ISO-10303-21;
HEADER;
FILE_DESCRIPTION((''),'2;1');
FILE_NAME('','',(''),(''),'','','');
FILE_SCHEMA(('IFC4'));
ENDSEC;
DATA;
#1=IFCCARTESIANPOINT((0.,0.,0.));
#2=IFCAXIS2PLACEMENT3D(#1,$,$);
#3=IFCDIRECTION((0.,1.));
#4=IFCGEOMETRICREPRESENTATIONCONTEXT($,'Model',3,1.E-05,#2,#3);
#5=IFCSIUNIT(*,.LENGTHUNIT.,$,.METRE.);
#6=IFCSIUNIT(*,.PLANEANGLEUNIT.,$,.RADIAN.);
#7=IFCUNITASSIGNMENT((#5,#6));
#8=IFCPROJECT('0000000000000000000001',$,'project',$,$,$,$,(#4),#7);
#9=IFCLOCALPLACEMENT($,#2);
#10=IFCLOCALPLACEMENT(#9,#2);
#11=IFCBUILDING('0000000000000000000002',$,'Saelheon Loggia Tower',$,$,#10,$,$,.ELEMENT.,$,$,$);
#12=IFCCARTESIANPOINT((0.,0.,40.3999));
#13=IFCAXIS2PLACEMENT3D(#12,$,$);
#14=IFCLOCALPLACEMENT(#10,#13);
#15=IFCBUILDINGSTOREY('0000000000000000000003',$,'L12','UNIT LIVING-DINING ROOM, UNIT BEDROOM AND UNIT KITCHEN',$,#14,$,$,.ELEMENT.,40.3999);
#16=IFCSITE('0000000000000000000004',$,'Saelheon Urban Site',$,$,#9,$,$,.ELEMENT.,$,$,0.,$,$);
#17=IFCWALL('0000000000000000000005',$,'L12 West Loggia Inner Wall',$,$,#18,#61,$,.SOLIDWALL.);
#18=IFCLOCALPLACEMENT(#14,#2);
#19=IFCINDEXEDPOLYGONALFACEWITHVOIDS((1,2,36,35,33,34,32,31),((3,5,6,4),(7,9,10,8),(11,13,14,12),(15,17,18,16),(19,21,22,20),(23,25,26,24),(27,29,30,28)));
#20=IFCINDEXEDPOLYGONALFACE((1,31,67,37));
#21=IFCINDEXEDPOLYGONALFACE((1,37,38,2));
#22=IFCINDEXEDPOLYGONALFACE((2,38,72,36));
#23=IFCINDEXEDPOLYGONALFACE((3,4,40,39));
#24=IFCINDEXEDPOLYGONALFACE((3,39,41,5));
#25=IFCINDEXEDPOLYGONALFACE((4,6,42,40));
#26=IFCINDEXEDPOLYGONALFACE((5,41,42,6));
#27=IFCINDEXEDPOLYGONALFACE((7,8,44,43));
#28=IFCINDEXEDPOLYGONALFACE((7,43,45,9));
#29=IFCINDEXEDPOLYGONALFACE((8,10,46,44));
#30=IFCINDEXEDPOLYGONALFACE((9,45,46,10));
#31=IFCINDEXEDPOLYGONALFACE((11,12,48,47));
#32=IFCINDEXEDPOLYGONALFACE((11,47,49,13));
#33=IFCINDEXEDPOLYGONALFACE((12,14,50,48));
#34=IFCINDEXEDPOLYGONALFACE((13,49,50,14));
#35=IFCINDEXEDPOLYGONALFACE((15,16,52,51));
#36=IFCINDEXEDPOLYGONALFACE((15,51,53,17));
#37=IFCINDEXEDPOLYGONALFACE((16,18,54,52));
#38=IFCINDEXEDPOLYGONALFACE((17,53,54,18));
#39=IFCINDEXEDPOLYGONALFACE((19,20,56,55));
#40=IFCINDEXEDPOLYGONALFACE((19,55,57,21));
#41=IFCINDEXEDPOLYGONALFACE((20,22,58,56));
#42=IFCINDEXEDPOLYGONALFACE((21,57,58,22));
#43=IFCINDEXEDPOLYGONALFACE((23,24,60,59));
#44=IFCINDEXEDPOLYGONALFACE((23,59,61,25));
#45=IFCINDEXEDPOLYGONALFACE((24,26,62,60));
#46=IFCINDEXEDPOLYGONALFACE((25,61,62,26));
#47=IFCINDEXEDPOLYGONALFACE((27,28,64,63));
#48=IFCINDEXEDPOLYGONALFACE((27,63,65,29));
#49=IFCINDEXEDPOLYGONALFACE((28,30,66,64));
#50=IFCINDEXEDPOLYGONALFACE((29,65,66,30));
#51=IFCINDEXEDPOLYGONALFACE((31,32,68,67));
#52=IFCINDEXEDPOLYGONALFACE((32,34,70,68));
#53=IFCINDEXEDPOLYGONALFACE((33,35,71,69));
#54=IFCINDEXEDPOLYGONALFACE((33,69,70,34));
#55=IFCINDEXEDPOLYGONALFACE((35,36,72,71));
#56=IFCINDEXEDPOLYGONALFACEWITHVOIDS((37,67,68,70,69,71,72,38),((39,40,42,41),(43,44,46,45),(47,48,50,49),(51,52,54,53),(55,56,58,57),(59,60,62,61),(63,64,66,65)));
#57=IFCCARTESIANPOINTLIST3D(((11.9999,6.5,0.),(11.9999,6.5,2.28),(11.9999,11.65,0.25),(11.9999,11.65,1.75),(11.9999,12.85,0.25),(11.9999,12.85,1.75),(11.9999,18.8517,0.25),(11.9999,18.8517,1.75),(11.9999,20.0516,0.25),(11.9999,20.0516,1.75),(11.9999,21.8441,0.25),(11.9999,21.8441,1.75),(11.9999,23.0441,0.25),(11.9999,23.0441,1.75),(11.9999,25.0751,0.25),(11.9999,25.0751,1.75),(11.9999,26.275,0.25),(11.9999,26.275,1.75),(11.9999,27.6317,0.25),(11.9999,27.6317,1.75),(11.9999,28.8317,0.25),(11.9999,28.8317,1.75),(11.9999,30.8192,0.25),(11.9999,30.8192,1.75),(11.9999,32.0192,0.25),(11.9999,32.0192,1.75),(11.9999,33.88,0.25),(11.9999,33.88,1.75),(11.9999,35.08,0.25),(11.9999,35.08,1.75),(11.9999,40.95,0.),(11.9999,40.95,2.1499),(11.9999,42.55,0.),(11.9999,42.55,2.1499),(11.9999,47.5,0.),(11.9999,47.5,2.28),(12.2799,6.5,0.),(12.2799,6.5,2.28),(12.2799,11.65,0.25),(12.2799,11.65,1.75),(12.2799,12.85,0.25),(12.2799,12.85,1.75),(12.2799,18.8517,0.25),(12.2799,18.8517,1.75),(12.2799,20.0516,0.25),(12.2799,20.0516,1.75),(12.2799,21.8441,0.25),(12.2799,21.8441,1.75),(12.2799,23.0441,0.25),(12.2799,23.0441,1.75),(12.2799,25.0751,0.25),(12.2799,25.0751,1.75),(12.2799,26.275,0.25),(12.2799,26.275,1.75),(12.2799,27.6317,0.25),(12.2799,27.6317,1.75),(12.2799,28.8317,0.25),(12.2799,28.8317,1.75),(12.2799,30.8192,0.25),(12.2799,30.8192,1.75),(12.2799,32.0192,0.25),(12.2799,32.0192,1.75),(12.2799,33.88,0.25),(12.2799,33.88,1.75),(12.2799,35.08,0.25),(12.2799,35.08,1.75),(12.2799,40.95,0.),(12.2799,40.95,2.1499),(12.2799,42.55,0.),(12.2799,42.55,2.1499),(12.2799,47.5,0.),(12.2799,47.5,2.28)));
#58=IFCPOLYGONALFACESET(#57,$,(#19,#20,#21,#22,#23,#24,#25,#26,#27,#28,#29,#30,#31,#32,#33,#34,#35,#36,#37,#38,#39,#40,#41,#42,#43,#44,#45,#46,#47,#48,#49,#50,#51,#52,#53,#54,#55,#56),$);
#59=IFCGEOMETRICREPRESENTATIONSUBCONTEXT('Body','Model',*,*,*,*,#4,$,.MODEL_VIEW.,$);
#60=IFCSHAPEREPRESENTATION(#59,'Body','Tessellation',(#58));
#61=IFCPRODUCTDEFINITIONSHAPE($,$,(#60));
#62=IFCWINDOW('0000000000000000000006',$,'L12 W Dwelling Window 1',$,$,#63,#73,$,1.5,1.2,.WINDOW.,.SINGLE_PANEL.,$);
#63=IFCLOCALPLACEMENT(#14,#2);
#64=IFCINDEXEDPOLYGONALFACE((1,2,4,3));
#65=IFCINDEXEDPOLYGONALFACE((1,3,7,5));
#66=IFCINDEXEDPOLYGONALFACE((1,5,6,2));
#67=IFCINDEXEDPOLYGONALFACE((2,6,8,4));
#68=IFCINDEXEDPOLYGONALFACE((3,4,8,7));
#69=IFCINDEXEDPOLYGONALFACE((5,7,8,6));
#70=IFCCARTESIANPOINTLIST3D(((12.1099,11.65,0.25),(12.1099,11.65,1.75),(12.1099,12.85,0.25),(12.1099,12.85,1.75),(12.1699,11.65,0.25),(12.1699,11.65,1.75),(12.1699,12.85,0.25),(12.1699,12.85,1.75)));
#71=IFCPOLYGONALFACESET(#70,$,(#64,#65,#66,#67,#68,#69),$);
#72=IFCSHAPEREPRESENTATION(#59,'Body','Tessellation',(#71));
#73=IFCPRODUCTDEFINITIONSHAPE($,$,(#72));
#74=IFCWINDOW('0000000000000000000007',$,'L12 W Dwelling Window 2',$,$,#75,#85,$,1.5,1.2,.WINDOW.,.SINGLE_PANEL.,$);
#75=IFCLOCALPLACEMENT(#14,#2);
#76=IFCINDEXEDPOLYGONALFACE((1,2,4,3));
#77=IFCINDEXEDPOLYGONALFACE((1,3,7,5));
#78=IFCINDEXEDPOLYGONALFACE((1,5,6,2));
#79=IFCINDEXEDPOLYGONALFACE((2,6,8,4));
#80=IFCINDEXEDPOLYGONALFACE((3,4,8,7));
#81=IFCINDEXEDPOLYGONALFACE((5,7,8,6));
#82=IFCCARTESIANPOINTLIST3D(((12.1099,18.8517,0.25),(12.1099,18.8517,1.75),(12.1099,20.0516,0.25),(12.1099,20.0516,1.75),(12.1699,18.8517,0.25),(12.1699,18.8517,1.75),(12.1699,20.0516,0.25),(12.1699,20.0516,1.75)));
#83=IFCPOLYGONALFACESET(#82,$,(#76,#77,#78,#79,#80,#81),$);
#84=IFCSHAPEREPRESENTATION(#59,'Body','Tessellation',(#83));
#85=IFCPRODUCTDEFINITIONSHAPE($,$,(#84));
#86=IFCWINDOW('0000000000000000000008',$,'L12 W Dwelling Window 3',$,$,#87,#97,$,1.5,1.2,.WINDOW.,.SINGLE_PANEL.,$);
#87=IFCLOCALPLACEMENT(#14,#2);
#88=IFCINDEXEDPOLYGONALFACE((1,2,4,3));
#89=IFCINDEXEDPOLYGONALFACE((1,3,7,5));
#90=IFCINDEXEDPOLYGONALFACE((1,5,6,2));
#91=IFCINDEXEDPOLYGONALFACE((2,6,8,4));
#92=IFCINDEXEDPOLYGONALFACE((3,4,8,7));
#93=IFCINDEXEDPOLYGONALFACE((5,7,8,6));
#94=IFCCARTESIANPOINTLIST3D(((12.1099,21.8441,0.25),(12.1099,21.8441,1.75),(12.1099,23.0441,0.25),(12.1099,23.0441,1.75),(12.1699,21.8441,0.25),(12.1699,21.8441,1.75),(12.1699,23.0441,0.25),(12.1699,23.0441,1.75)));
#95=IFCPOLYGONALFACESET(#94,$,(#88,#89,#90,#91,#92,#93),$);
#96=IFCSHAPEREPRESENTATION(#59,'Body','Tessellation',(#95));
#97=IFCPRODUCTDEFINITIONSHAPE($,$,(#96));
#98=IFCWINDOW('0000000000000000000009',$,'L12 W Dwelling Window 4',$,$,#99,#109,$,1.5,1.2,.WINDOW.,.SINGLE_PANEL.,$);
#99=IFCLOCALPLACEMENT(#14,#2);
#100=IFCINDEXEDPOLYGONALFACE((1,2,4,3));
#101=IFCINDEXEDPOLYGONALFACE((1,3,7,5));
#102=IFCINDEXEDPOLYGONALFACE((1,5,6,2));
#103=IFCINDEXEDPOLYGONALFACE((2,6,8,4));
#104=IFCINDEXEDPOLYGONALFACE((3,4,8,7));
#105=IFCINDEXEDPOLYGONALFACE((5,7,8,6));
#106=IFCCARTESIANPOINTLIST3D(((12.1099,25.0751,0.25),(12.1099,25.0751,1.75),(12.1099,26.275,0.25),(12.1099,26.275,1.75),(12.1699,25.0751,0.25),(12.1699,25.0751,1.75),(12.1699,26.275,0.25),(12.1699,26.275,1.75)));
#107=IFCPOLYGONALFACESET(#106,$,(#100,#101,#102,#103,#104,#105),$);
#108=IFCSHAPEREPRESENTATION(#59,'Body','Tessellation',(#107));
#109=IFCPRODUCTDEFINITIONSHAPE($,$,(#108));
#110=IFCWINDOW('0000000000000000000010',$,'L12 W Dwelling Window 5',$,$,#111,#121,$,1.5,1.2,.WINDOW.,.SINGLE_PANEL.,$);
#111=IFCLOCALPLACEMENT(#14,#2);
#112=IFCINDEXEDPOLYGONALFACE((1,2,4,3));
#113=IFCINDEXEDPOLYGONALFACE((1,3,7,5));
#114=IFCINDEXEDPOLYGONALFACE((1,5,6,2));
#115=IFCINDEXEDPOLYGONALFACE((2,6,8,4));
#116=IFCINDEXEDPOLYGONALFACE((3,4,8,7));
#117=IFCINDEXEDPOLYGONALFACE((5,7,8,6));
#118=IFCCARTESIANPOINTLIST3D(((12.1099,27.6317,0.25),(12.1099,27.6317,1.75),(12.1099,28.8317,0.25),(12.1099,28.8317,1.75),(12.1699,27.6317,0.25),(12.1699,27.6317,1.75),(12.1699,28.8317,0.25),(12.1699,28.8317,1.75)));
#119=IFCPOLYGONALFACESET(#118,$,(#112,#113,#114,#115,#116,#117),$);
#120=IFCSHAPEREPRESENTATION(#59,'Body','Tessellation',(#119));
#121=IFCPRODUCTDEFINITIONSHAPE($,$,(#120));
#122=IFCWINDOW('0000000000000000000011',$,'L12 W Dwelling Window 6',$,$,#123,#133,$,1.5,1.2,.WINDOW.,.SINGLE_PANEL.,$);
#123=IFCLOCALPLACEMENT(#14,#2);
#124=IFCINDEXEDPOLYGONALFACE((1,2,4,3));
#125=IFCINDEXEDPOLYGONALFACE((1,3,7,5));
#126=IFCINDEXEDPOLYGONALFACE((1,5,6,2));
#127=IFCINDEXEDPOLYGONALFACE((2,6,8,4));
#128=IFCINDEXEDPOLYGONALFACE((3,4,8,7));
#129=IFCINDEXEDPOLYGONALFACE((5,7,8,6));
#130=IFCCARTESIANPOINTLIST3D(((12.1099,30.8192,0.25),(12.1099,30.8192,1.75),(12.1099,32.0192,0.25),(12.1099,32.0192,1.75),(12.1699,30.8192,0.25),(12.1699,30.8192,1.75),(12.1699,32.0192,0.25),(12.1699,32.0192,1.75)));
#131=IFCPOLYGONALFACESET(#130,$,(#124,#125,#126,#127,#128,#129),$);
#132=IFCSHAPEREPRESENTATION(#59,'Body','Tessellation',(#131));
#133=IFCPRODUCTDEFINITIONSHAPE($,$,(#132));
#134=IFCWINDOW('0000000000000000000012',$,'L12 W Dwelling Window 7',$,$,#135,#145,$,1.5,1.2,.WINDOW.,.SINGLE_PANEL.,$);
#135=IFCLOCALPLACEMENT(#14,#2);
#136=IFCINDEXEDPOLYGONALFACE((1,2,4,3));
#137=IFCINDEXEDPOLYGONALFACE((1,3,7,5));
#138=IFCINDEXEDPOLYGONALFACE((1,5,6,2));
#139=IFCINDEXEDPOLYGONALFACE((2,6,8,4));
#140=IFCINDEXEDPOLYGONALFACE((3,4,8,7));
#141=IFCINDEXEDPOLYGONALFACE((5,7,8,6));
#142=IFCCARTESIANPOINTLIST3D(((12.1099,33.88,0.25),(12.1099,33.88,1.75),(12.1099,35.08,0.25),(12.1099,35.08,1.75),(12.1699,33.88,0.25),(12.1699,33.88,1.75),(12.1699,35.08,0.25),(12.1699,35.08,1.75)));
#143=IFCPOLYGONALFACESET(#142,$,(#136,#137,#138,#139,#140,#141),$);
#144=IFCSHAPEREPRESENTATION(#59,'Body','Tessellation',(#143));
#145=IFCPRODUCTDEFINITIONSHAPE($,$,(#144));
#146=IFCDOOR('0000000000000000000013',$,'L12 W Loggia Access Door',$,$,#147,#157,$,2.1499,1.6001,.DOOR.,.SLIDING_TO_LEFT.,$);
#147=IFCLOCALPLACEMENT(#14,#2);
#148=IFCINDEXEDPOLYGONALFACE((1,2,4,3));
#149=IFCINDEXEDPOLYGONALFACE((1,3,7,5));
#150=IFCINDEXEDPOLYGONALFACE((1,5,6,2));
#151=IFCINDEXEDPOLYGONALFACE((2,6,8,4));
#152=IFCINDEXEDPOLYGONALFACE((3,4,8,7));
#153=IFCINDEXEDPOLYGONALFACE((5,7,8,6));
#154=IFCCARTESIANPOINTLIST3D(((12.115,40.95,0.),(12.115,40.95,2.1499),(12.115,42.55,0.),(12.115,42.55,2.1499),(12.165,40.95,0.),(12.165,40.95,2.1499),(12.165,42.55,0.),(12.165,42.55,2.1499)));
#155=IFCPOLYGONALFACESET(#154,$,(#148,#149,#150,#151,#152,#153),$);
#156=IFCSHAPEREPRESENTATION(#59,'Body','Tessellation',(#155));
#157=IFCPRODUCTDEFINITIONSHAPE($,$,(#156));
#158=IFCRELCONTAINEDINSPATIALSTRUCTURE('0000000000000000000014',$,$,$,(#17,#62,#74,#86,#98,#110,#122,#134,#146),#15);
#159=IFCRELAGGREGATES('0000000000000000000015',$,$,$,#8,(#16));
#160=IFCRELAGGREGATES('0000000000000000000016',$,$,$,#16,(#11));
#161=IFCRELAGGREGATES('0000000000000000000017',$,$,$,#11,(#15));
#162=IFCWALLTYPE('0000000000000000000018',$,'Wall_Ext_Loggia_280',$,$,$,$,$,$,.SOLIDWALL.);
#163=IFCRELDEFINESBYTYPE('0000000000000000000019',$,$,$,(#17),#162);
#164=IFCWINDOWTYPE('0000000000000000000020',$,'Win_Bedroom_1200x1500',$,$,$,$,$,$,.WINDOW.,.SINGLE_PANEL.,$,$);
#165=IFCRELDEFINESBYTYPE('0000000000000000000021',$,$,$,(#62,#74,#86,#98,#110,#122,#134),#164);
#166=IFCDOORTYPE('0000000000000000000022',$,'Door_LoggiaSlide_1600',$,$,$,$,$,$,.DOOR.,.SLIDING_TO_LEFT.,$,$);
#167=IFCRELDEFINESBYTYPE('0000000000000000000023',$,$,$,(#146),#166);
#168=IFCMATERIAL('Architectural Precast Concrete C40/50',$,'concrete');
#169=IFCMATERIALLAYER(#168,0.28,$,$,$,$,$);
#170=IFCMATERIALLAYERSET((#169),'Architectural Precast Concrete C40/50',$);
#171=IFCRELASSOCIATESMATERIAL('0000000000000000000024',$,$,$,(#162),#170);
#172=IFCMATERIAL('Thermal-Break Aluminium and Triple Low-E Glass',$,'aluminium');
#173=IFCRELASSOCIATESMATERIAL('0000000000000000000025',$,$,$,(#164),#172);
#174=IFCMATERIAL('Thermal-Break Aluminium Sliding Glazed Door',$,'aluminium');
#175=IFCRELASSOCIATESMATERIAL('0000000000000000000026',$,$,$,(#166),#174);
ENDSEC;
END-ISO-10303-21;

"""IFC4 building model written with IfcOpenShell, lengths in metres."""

from ifc_helpers import new_model, si_unit, direction, frame, frame_2d, origin, place, context, subcontext, project, spatial, rectangle, extrude, source, transform, mapped, material, layer, layer_set, type_object, element, fill, save


model = new_model("IFC4")

# Units and contexts
model_context = context("Model", 3, precision=1e-05, world=origin(), true_north=direction((0.0, 1.0)))
body_context = subcontext(model_context, "Body", "Model", "MODEL_VIEW")
ifc_project = project(units=[si_unit("LENGTHUNIT", "METRE"), si_unit("PLANEANGLEUNIT", "RADIAN")], contexts=[model_context])

# Site, building, storey
site_placement = place(None, origin())
site = spatial("IfcSite", under=ifc_project, at=site_placement, Name="Saelheon Urban Site", CompositionType="ELEMENT", RefElevation=0.0)
building_placement = place(site_placement, origin())
building = spatial("IfcBuilding", under=site, at=building_placement, Name="Saelheon Loggia Tower", CompositionType="ELEMENT")
storey_placement = place(building_placement, frame((0.0, 0.0, 40.3999)))
storey = spatial("IfcBuildingStorey", under=building, at=storey_placement, Name="L12", Description="UNIT LIVING-DINING ROOM, UNIT BEDROOM AND UNIT KITCHEN", CompositionType="ELEMENT", Elevation=40.3999)

# Wall, openings, windows, door
ifc_material_1 = material(Name="Architectural Precast Concrete C40/50", Category="concrete")
ifc_layer_1 = layer(ifc_material_1, 0.28)
ifc_layer_set_1 = layer_set([ifc_layer_1], Name="Architectural Precast Concrete C40/50")
wall_type_1 = type_object("IfcWallType", Name="Wall_Ext_Loggia_280", PredefinedType="SOLIDWALL", material=ifc_layer_set_1)
wall_1_placement = place(storey_placement, frame((12.1399, 6.5, 0.0), z_axis=(0.0, 0.0, 1.0), x_axis=(0.0, 1.0, 0.0)))
wall_1 = element("IfcWall", 1, at=wall_1_placement, inside=storey, type_object=wall_type_1, Name="L12 West Loggia Inner Wall", PredefinedType="SOLIDWALL", context=body_context, shape_type="SweptSolid", body=[
    extrude(rectangle(XDim=41.0, YDim=0.28, at=frame_2d((20.5, 0.0))), origin(), (0.0, 0.0, 1.0), 2.28),
])
opening_1_placement = place(wall_1_placement, frame((5.1499, 0.0, 0.25)))
opening_1 = element("IfcOpeningElement", 2, at=opening_1_placement, cuts=wall_1, PredefinedType="OPENING", context=body_context, shape_type="SweptSolid", body=[
    extrude(rectangle(XDim=1.2, YDim=1.5, at=frame_2d((0.6001, 0.75))), frame((0.0, 0.1521, 0.0), z_axis=(0.0, -1.0, 0.0), x_axis=(1.0, 0.0, 0.0)), (0.0, 0.0, 1.0), 0.304),
])
opening_2_placement = place(wall_1_placement, frame((12.3516, 0.0, 0.25)))
opening_2 = element("IfcOpeningElement", 3, at=opening_2_placement, cuts=wall_1, PredefinedType="OPENING", context=body_context, shape_type="SweptSolid", body=[
    extrude(rectangle(XDim=1.2, YDim=1.5, at=frame_2d((0.6001, 0.75))), frame((0.0, 0.1521, 0.0), z_axis=(0.0, -1.0, 0.0), x_axis=(1.0, 0.0, 0.0)), (0.0, 0.0, 1.0), 0.304),
])
opening_3_placement = place(wall_1_placement, frame((15.344, 0.0, 0.25)))
opening_3 = element("IfcOpeningElement", 4, at=opening_3_placement, cuts=wall_1, PredefinedType="OPENING", context=body_context, shape_type="SweptSolid", body=[
    extrude(rectangle(XDim=1.2, YDim=1.5, at=frame_2d((0.6001, 0.75))), frame((0.0, 0.1521, 0.0), z_axis=(0.0, -1.0, 0.0), x_axis=(1.0, 0.0, 0.0)), (0.0, 0.0, 1.0), 0.304),
])
opening_4_placement = place(wall_1_placement, frame((18.575, 0.0, 0.25)))
opening_4 = element("IfcOpeningElement", 5, at=opening_4_placement, cuts=wall_1, PredefinedType="OPENING", context=body_context, shape_type="SweptSolid", body=[
    extrude(rectangle(XDim=1.2, YDim=1.5, at=frame_2d((0.6001, 0.75))), frame((0.0, 0.1521, 0.0), z_axis=(0.0, -1.0, 0.0), x_axis=(1.0, 0.0, 0.0)), (0.0, 0.0, 1.0), 0.304),
])
opening_5_placement = place(wall_1_placement, frame((21.1316, 0.0, 0.25)))
opening_5 = element("IfcOpeningElement", 6, at=opening_5_placement, cuts=wall_1, PredefinedType="OPENING", context=body_context, shape_type="SweptSolid", body=[
    extrude(rectangle(XDim=1.2, YDim=1.5, at=frame_2d((0.6001, 0.75))), frame((0.0, 0.1521, 0.0), z_axis=(0.0, -1.0, 0.0), x_axis=(1.0, 0.0, 0.0)), (0.0, 0.0, 1.0), 0.304),
])
opening_6_placement = place(wall_1_placement, frame((24.3191, 0.0, 0.25)))
opening_6 = element("IfcOpeningElement", 7, at=opening_6_placement, cuts=wall_1, PredefinedType="OPENING", context=body_context, shape_type="SweptSolid", body=[
    extrude(rectangle(XDim=1.2, YDim=1.5, at=frame_2d((0.6001, 0.75))), frame((0.0, 0.1521, 0.0), z_axis=(0.0, -1.0, 0.0), x_axis=(1.0, 0.0, 0.0)), (0.0, 0.0, 1.0), 0.304),
])
opening_7_placement = place(wall_1_placement, frame((27.3799, 0.0, 0.25)))
opening_7 = element("IfcOpeningElement", 8, at=opening_7_placement, cuts=wall_1, PredefinedType="OPENING", context=body_context, shape_type="SweptSolid", body=[
    extrude(rectangle(XDim=1.2, YDim=1.5, at=frame_2d((0.6001, 0.75))), frame((0.0, 0.1521, 0.0), z_axis=(0.0, -1.0, 0.0), x_axis=(1.0, 0.0, 0.0)), (0.0, 0.0, 1.0), 0.304),
])
opening_8_placement = place(wall_1_placement, frame((34.45, 0.0, 0.0)))
opening_8 = element("IfcOpeningElement", 9, at=opening_8_placement, cuts=wall_1, PredefinedType="OPENING", context=body_context, shape_type="SweptSolid", body=[
    extrude(rectangle(XDim=1.6001, YDim=2.1499, at=frame_2d((0.8, 1.075))), frame((0.0, 0.1521, 0.0), z_axis=(0.0, -1.0, 0.0), x_axis=(1.0, 0.0, 0.0)), (0.0, 0.0, 1.0), 0.304),
])
ifc_material_2 = material(Name="Thermal-Break Aluminium and Triple Low-E Glass", Category="aluminium")
window_type = type_object("IfcWindowType", Name="Win_Bedroom_1200x1500", PartitioningType="SINGLE_PANEL", PredefinedType="WINDOW", material=ifc_material_2)
shared_shape_1 = source(origin(), body_context, "Body", "SweptSolid", [
    extrude(rectangle(XDim=1.2, YDim=1.5, at=frame_2d((0.6001, 0.75))), frame((0.0, 0.03, 0.0), z_axis=(0.0, -1.0, 0.0), x_axis=(1.0, 0.0, 0.0)), (0.0, 0.0, 1.0), 0.0601),
])
window_1_placement = place(opening_1_placement, origin())
window_1 = element("IfcWindow", 10, at=window_1_placement, inside=storey, type_object=window_type, Name="L12 W Dwelling Window 1", OverallHeight=1.5, OverallWidth=1.2, PartitioningType="SINGLE_PANEL", PredefinedType="WINDOW", context=body_context, shape_type="MappedRepresentation", body=[
    mapped(shared_shape_1, transform((0.0, 0.0, 0.0), scale=1.0)),
])
fill(opening_1, window_1)
window_2_placement = place(opening_2_placement, origin())
window_2 = element("IfcWindow", 11, at=window_2_placement, inside=storey, type_object=window_type, Name="L12 W Dwelling Window 2", OverallHeight=1.5, OverallWidth=1.2, PartitioningType="SINGLE_PANEL", PredefinedType="WINDOW", context=body_context, shape_type="MappedRepresentation", body=[
    mapped(shared_shape_1, transform((0.0, 0.0, 0.0), scale=1.0)),
])
fill(opening_2, window_2)
window_3_placement = place(opening_3_placement, origin())
window_3 = element("IfcWindow", 12, at=window_3_placement, inside=storey, type_object=window_type, Name="L12 W Dwelling Window 3", OverallHeight=1.5, OverallWidth=1.2, PartitioningType="SINGLE_PANEL", PredefinedType="WINDOW", context=body_context, shape_type="MappedRepresentation", body=[
    mapped(shared_shape_1, transform((0.0, 0.0, 0.0), scale=1.0)),
])
fill(opening_3, window_3)
window_4_placement = place(opening_4_placement, origin())
window_4 = element("IfcWindow", 13, at=window_4_placement, inside=storey, type_object=window_type, Name="L12 W Dwelling Window 4", OverallHeight=1.5, OverallWidth=1.2, PartitioningType="SINGLE_PANEL", PredefinedType="WINDOW", context=body_context, shape_type="MappedRepresentation", body=[
    mapped(shared_shape_1, transform((0.0, 0.0, 0.0), scale=1.0)),
])
fill(opening_4, window_4)
window_5_placement = place(opening_5_placement, origin())
window_5 = element("IfcWindow", 14, at=window_5_placement, inside=storey, type_object=window_type, Name="L12 W Dwelling Window 5", OverallHeight=1.5, OverallWidth=1.2, PartitioningType="SINGLE_PANEL", PredefinedType="WINDOW", context=body_context, shape_type="MappedRepresentation", body=[
    mapped(shared_shape_1, transform((0.0, 0.0, 0.0), scale=1.0)),
])
fill(opening_5, window_5)
window_6_placement = place(opening_6_placement, origin())
window_6 = element("IfcWindow", 15, at=window_6_placement, inside=storey, type_object=window_type, Name="L12 W Dwelling Window 6", OverallHeight=1.5, OverallWidth=1.2, PartitioningType="SINGLE_PANEL", PredefinedType="WINDOW", context=body_context, shape_type="MappedRepresentation", body=[
    mapped(shared_shape_1, transform((0.0, 0.0, 0.0), scale=1.0)),
])
fill(opening_6, window_6)
window_7_placement = place(opening_7_placement, origin())
window_7 = element("IfcWindow", 16, at=window_7_placement, inside=storey, type_object=window_type, Name="L12 W Dwelling Window 7", OverallHeight=1.5, OverallWidth=1.2, PartitioningType="SINGLE_PANEL", PredefinedType="WINDOW", context=body_context, shape_type="MappedRepresentation", body=[
    mapped(shared_shape_1, transform((0.0, 0.0, 0.0), scale=1.0)),
])
fill(opening_7, window_7)
ifc_material_3 = material(Name="Thermal-Break Aluminium Sliding Glazed Door", Category="aluminium")
door_type = type_object("IfcDoorType", Name="Door_LoggiaSlide_1600", OperationType="SLIDING_TO_LEFT", PredefinedType="DOOR", material=ifc_material_3)
shared_shape_2 = source(origin(), body_context, "Body", "SweptSolid", [
    extrude(rectangle(XDim=1.6001, YDim=2.1499, at=frame_2d((0.8, 1.075))), frame((0.0, 0.0249, 0.0), z_axis=(0.0, -1.0, 0.0), x_axis=(1.0, 0.0, 0.0)), (0.0, 0.0, 1.0), 0.05),
])
door_placement = place(opening_8_placement, origin())
door = element("IfcDoor", 17, at=door_placement, inside=storey, type_object=door_type, Name="L12 W Loggia Access Door", OperationType="SLIDING_TO_LEFT", OverallHeight=2.1499, OverallWidth=1.6001, PredefinedType="DOOR", context=body_context, shape_type="MappedRepresentation", body=[
    mapped(shared_shape_2, transform((0.0, 0.0, 0.0), scale=1.0)),
])
fill(opening_8, door)

save(model, "model.ifc")
